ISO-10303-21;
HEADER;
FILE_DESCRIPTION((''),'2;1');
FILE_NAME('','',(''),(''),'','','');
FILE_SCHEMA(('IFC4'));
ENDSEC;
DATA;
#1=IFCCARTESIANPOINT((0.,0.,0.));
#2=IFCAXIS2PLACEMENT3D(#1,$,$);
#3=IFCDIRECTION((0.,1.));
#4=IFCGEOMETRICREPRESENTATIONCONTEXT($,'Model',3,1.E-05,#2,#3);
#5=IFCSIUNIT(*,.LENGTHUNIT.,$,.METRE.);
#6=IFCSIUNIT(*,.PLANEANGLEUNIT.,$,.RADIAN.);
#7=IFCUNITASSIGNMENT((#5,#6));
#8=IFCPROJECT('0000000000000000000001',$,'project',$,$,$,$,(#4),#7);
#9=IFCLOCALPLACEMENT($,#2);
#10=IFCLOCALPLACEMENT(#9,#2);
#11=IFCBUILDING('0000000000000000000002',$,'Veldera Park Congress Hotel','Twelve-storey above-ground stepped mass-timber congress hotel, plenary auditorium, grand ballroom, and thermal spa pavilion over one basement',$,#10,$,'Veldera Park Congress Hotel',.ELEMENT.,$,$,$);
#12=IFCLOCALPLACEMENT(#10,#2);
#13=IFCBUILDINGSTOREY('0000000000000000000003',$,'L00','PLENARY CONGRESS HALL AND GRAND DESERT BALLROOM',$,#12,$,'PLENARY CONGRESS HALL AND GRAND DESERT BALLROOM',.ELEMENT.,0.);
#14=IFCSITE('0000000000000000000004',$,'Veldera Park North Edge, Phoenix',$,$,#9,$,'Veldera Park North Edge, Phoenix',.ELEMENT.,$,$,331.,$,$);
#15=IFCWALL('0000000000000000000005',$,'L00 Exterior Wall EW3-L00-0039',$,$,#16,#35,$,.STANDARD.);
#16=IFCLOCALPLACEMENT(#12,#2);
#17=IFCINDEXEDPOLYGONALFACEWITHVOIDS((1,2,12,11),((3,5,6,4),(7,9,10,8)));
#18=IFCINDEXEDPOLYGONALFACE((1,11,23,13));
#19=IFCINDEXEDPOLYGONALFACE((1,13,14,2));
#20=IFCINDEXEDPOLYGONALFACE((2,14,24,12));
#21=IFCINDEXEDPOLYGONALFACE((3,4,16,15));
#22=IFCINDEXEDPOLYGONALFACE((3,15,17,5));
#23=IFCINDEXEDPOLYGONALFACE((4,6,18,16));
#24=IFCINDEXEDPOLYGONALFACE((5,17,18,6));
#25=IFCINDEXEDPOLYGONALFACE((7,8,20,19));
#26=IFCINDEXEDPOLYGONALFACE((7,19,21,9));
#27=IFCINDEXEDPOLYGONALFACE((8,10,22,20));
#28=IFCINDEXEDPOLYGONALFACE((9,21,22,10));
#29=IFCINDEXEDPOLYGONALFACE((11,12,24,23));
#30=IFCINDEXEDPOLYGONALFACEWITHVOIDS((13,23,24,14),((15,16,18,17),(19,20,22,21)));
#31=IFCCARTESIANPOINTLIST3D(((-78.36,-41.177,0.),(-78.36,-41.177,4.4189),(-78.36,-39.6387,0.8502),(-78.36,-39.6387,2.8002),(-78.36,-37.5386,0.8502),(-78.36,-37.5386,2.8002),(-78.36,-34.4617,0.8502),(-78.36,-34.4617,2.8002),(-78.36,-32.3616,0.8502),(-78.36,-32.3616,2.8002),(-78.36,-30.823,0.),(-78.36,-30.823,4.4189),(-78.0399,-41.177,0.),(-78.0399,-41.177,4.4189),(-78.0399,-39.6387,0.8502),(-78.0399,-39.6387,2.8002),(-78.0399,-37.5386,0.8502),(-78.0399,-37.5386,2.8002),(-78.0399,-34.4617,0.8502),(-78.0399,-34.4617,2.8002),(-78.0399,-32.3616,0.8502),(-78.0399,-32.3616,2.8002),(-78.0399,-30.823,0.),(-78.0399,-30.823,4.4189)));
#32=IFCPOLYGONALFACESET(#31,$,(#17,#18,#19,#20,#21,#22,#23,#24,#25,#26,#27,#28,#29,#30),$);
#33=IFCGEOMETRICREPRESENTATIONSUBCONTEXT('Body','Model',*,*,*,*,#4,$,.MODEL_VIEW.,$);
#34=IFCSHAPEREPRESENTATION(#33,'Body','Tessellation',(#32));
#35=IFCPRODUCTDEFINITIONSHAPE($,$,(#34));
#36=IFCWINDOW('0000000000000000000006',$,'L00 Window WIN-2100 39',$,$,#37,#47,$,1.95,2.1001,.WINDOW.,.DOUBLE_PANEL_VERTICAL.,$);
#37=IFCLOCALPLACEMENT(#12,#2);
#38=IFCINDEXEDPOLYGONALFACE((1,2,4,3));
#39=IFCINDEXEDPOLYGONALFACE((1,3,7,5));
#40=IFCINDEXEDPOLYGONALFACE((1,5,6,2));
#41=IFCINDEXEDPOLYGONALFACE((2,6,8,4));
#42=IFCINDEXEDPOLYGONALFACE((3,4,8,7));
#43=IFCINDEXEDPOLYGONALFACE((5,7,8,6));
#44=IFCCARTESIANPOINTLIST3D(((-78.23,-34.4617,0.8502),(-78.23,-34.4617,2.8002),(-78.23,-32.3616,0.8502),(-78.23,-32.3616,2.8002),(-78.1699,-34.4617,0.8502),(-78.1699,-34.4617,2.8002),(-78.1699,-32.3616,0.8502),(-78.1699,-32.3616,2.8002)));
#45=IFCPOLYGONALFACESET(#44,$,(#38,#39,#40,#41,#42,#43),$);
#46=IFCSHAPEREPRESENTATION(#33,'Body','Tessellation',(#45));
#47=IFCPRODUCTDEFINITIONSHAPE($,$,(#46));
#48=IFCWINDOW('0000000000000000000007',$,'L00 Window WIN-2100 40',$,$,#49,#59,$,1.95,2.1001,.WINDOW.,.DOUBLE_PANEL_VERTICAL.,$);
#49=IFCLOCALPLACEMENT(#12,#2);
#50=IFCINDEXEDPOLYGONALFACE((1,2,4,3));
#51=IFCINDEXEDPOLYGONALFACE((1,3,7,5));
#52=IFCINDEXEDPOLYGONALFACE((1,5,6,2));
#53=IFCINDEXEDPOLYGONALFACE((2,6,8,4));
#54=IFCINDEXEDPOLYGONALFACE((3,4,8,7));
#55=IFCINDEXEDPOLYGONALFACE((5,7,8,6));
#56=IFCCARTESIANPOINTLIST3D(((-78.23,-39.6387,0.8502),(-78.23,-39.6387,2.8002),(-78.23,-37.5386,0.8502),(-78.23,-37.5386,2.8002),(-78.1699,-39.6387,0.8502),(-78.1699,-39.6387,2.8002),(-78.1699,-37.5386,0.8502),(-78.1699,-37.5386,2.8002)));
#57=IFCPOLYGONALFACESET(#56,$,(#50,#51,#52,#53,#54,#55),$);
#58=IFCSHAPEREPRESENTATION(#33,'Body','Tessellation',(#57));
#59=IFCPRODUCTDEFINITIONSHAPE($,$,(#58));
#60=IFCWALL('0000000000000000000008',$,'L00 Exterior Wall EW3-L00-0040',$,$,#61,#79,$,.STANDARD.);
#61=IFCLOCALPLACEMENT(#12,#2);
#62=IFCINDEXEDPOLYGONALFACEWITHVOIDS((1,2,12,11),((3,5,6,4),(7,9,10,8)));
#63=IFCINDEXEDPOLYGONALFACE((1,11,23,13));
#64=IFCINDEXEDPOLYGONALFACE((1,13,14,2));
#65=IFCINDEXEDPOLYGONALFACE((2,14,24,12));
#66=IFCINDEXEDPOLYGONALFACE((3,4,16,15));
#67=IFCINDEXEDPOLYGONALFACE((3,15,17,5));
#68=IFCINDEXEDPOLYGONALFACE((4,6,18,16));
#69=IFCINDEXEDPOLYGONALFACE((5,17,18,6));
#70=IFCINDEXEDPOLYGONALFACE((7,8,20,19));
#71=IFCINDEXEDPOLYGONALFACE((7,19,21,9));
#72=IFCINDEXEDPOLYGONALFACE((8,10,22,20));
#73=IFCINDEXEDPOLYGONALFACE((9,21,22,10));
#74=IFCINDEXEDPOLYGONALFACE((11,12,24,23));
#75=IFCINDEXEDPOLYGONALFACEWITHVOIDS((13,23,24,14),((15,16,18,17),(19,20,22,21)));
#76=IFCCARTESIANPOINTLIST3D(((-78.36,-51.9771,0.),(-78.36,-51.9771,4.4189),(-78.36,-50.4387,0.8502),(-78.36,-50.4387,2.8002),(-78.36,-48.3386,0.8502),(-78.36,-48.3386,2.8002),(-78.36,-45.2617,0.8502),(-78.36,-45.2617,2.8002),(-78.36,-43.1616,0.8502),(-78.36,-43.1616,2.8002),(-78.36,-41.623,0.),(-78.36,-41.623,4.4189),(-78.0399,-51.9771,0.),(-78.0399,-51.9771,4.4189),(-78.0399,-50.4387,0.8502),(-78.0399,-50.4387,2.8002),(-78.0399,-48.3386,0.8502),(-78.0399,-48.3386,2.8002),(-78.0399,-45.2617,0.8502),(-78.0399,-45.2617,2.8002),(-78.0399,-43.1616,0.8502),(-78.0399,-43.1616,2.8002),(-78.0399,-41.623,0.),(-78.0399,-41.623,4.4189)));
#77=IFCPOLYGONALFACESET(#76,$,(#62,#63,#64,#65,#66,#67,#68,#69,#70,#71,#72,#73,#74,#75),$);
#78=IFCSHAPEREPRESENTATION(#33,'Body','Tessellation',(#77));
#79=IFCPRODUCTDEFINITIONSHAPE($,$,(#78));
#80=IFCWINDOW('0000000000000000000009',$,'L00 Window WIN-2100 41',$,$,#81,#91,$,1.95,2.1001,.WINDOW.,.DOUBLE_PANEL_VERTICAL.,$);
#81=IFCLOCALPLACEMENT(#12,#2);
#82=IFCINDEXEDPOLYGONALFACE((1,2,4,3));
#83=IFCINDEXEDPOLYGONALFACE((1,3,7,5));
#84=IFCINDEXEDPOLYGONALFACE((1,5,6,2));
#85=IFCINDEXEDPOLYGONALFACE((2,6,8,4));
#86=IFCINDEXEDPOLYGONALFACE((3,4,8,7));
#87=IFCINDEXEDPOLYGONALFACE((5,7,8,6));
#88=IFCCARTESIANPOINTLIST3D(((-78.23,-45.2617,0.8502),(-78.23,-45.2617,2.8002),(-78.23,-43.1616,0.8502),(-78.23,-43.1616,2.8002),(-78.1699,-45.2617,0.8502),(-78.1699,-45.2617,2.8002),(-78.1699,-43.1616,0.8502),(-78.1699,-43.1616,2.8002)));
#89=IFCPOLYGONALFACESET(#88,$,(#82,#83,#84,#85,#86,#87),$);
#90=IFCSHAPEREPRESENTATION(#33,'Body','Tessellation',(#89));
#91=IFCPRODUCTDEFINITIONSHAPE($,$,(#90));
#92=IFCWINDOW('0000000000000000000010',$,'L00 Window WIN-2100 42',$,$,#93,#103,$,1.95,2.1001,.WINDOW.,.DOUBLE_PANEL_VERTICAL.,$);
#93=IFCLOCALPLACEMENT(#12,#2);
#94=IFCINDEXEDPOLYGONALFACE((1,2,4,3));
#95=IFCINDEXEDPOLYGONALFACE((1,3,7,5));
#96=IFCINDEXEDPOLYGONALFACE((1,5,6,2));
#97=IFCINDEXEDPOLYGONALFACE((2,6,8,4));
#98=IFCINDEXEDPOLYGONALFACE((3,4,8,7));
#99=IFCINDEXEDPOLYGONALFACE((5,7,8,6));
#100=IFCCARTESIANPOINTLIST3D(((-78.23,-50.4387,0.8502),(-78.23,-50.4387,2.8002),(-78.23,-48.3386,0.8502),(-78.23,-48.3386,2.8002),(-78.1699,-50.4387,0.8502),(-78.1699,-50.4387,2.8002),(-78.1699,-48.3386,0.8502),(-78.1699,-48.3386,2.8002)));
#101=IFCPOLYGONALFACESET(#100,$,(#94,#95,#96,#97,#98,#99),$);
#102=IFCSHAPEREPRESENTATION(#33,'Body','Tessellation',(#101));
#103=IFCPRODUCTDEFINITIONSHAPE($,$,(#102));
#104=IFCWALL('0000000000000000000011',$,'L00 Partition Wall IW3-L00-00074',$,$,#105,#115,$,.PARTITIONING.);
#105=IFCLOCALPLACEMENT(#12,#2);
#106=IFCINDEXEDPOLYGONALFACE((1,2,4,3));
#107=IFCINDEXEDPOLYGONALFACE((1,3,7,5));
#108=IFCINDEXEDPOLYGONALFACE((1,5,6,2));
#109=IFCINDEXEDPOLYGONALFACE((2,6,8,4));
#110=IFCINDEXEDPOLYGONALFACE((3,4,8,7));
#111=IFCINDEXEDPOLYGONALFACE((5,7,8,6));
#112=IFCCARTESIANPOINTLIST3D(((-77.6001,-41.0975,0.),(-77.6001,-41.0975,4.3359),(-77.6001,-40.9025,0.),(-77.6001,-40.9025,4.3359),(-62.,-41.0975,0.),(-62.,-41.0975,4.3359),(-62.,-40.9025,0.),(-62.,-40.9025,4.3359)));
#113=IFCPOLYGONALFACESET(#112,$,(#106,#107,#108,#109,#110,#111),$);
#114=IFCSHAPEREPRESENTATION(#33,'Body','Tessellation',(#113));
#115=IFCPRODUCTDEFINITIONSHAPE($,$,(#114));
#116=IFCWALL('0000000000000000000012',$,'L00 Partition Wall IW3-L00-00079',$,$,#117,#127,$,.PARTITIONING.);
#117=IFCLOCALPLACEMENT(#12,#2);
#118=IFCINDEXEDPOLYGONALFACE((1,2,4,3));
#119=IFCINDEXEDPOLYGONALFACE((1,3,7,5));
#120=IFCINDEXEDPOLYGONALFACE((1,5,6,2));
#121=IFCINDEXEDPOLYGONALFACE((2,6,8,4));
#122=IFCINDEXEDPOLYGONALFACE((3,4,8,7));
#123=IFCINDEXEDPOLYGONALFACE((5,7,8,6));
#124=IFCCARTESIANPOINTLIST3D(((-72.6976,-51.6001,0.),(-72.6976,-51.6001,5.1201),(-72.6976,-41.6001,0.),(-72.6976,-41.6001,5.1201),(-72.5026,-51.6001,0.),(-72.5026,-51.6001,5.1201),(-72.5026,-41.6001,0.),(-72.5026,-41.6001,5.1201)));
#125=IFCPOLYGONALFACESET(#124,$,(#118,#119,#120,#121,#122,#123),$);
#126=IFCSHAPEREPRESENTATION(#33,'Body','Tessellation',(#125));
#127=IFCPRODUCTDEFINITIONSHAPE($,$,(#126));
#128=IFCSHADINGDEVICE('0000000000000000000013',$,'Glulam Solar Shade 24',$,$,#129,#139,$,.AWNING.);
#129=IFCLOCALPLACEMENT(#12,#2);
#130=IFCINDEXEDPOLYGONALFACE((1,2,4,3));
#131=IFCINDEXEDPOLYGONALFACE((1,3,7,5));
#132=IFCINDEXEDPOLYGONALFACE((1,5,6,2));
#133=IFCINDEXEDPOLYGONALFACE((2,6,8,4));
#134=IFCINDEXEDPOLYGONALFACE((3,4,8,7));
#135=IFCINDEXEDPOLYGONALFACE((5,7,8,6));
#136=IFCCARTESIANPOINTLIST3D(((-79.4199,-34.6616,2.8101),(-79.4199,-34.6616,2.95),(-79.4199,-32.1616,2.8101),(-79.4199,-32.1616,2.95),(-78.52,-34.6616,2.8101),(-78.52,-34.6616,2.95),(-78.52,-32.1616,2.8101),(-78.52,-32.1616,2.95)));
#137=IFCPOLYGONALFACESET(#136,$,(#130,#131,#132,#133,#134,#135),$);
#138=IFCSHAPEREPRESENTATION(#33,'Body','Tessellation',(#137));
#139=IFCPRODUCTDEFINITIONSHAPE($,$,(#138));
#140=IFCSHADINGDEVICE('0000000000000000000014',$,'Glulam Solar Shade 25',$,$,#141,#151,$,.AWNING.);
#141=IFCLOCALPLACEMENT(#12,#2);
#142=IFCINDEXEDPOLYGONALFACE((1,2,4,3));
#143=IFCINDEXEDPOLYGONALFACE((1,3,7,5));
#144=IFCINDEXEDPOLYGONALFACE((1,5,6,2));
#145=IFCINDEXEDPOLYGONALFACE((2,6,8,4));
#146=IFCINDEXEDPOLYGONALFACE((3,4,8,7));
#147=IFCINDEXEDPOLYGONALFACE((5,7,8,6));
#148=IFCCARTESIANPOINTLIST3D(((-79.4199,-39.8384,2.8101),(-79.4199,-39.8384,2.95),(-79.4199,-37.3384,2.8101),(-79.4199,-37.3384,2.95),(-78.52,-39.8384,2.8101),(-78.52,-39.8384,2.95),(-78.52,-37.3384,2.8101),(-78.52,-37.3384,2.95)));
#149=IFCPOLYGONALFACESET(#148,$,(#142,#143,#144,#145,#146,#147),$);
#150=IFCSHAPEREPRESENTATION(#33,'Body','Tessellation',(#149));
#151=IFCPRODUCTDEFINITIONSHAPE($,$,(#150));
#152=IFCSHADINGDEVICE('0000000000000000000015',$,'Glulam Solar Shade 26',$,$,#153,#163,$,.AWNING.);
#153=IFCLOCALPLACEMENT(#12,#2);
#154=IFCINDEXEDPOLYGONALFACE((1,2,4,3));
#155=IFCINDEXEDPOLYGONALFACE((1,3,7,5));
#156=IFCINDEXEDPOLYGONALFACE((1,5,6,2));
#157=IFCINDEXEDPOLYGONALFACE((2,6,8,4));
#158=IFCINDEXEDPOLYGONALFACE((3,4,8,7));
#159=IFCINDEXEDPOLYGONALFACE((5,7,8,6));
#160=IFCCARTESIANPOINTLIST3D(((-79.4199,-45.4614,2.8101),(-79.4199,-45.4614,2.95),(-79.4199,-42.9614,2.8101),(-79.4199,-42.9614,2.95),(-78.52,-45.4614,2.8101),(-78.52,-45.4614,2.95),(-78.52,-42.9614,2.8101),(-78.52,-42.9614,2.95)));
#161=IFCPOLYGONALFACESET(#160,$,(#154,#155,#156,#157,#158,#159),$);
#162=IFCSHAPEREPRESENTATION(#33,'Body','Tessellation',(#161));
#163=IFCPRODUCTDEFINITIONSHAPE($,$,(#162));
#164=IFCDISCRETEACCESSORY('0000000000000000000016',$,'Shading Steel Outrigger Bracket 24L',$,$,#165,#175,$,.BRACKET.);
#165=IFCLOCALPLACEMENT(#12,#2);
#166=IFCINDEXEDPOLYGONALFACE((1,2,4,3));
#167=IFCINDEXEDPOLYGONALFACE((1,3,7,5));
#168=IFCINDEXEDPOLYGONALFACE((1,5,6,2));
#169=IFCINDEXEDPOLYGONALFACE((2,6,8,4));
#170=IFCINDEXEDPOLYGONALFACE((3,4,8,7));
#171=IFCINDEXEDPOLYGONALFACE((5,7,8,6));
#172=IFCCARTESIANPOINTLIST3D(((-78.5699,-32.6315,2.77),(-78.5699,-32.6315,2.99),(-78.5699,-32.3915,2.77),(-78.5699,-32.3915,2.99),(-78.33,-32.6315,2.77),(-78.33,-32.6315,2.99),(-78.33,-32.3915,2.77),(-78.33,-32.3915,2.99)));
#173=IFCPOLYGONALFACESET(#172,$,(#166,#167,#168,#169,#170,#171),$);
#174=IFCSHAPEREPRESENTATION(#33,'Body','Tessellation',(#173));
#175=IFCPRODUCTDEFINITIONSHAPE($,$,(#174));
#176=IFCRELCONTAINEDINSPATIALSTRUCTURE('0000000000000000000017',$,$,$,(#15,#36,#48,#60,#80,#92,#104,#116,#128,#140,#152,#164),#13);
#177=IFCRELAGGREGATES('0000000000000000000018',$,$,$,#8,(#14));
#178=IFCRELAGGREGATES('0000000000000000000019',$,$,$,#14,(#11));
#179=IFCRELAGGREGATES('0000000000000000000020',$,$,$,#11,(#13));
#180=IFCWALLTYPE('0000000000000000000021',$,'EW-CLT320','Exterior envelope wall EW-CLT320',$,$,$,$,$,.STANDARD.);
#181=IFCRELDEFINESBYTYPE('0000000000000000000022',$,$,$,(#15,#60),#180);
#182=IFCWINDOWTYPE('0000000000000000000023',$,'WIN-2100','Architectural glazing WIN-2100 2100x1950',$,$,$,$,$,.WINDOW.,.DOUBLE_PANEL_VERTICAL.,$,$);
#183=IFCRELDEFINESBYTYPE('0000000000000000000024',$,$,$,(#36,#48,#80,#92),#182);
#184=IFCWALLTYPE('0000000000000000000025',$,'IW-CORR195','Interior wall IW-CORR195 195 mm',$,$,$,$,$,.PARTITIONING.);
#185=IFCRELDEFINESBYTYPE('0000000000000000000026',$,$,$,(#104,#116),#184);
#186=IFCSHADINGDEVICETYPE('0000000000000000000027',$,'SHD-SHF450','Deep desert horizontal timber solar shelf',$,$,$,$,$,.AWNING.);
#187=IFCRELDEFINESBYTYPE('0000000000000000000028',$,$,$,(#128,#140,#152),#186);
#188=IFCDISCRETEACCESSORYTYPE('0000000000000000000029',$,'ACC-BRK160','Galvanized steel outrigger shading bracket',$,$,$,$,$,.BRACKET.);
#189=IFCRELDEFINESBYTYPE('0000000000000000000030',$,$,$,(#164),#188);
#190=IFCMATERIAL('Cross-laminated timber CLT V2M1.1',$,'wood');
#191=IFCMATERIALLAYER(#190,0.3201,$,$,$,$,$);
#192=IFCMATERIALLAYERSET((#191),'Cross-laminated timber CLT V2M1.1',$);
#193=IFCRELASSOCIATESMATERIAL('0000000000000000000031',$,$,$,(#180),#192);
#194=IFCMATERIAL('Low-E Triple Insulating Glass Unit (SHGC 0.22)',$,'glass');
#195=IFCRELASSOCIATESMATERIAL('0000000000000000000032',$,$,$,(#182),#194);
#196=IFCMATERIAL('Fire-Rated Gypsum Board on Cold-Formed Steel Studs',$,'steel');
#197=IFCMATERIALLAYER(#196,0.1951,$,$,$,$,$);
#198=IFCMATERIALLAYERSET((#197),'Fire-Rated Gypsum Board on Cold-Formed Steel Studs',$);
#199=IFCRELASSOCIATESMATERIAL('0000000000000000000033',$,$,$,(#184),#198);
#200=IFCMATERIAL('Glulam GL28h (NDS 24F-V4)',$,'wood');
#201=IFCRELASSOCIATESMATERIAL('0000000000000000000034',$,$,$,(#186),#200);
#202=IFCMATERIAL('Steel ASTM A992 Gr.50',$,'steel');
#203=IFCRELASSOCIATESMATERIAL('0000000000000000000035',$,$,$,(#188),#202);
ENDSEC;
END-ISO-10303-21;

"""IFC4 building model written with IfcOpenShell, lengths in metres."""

from ifc_helpers import new_model, si_unit, direction, frame, frame_2d, origin, origin_2d, place, context, subcontext, project, spatial, rectangle, extrude, material, layer, layer_set, type_object, element, fill, save


model = new_model("IFC4")

# Units and contexts
model_context = context("Model", 3, precision=1e-05, world=origin(), true_north=direction((0.0, 1.0)))
body_context = subcontext(model_context, "Body", "Model", "MODEL_VIEW")
ifc_project = project(units=[si_unit("LENGTHUNIT", "METRE"), si_unit("PLANEANGLEUNIT", "RADIAN")], contexts=[model_context])

# Site, building, storey
site_placement = place(None, origin())
site = spatial("IfcSite", under=ifc_project, at=site_placement, Name="Veldera Park North Edge, Phoenix", LongName="Veldera Park North Edge, Phoenix", CompositionType="ELEMENT", RefElevation=331.0)
building_placement = place(site_placement, origin())
building = spatial("IfcBuilding", under=site, at=building_placement, Name="Veldera Park Congress Hotel", Description="Twelve-storey above-ground stepped mass-timber congress hotel, plenary auditorium, grand ballroom, and thermal spa pavilion over one basement", LongName="Veldera Park Congress Hotel", CompositionType="ELEMENT")
storey_placement = place(building_placement, origin())
storey = spatial("IfcBuildingStorey", under=building, at=storey_placement, Name="L00", Description="PLENARY CONGRESS HALL AND GRAND DESERT BALLROOM", LongName="PLENARY CONGRESS HALL AND GRAND DESERT BALLROOM", CompositionType="ELEMENT", Elevation=0.0)

# Shared definitions
ifc_material_1 = material(Name="Glulam GL28h (NDS 24F-V4)", Category="wood")
ifc_material_2 = material(Name="Steel ASTM A992 Gr.50", Category="steel")

# Walls, openings, windows
ifc_material_3 = material(Name="Cross-laminated timber CLT V2M1.1", Category="wood")
ifc_layer_1 = layer(ifc_material_3, 0.3201)
ifc_layer_set_1 = layer_set([ifc_layer_1], Name="Cross-laminated timber CLT V2M1.1")
wall_type_1 = type_object("IfcWallType", Name="EW-CLT320", Description="Exterior envelope wall EW-CLT320", PredefinedType="STANDARD", material=ifc_layer_set_1)
wall_1_placement = place(storey_placement, frame((-78.2, -30.823, 0.0), z_axis=(0.0, 0.0, 1.0), x_axis=(0.0, -1.0, 0.0)))
wall_1 = element("IfcWall", 1, at=wall_1_placement, inside=storey, type_object=wall_type_1, Name="L00 Exterior Wall EW3-L00-0039", PredefinedType="STANDARD", context=body_context, shape_type="SweptSolid", body=[
    extrude(rectangle(XDim=10.354, YDim=0.3201, at=frame_2d((5.177, 0.0))), origin(), (0.0, 0.0, 1.0), 4.4189),
])
opening_1_placement = place(wall_1_placement, frame((1.5386, 0.0, 0.8501)))
opening_1 = element("IfcOpeningElement", 2, at=opening_1_placement, cuts=wall_1, PredefinedType="OPENING", context=body_context, shape_type="SweptSolid", body=[
    extrude(rectangle(XDim=2.1001, YDim=1.95, at=frame_2d((1.05, 0.9751))), frame((0.0, 0.1721, 0.0), z_axis=(0.0, -1.0, 0.0), x_axis=(1.0, 0.0, 0.0)), (0.0, 0.0, 1.0), 0.344),
])
opening_2_placement = place(wall_1_placement, frame((6.7156, 0.0, 0.8501)))
opening_2 = element("IfcOpeningElement", 3, at=opening_2_placement, cuts=wall_1, PredefinedType="OPENING", context=body_context, shape_type="SweptSolid", body=[
    extrude(rectangle(XDim=2.1001, YDim=1.95, at=frame_2d((1.05, 0.9751))), frame((0.0, 0.1721, 0.0), z_axis=(0.0, -1.0, 0.0), x_axis=(1.0, 0.0, 0.0)), (0.0, 0.0, 1.0), 0.344),
])
ifc_material_4 = material(Name="Low-E Triple Insulating Glass Unit (SHGC 0.22)", Category="glass")
window_type = type_object("IfcWindowType", Name="WIN-2100", Description="Architectural glazing WIN-2100 2100x1950", PartitioningType="DOUBLE_PANEL_VERTICAL", PredefinedType="WINDOW", material=ifc_material_4)
window_1_placement = place(opening_1_placement, origin())
window_1 = element("IfcWindow", 4, at=window_1_placement, inside=storey, type_object=window_type, Name="L00 Window WIN-2100 39", OverallHeight=1.95, OverallWidth=2.1001, PartitioningType="DOUBLE_PANEL_VERTICAL", PredefinedType="WINDOW", context=body_context, shape_type="SweptSolid", body=[
    extrude(rectangle(XDim=2.1001, YDim=1.95, at=frame_2d((1.05, 0.9751))), frame((0.0, 0.03, 0.0), z_axis=(0.0, -1.0, 0.0), x_axis=(1.0, 0.0, 0.0)), (0.0, 0.0, 1.0), 0.0601),
])
fill(opening_1, window_1)
window_2_placement = place(opening_2_placement, origin())
window_2 = element("IfcWindow", 5, at=window_2_placement, inside=storey, type_object=window_type, Name="L00 Window WIN-2100 40", OverallHeight=1.95, OverallWidth=2.1001, PartitioningType="DOUBLE_PANEL_VERTICAL", PredefinedType="WINDOW", context=body_context, shape_type="SweptSolid", body=[
    extrude(rectangle(XDim=2.1001, YDim=1.95, at=frame_2d((1.05, 0.9751))), frame((0.0, 0.03, 0.0), z_axis=(0.0, -1.0, 0.0), x_axis=(1.0, 0.0, 0.0)), (0.0, 0.0, 1.0), 0.0601),
])
fill(opening_2, window_2)
wall_2_placement = place(storey_placement, frame((-78.2, -41.623, 0.0), z_axis=(0.0, 0.0, 1.0), x_axis=(0.0, -1.0, 0.0)))
wall_2 = element("IfcWall", 6, at=wall_2_placement, inside=storey, type_object=wall_type_1, Name="L00 Exterior Wall EW3-L00-0040", PredefinedType="STANDARD", context=body_context, shape_type="SweptSolid", body=[
    extrude(rectangle(XDim=10.354, YDim=0.3201, at=frame_2d((5.177, 0.0))), origin(), (0.0, 0.0, 1.0), 4.4189),
])
opening_3_placement = place(wall_2_placement, frame((1.5386, 0.0, 0.8501)))
opening_3 = element("IfcOpeningElement", 7, at=opening_3_placement, cuts=wall_2, PredefinedType="OPENING", context=body_context, shape_type="SweptSolid", body=[
    extrude(rectangle(XDim=2.1001, YDim=1.95, at=frame_2d((1.05, 0.9751))), frame((0.0, 0.1721, 0.0), z_axis=(0.0, -1.0, 0.0), x_axis=(1.0, 0.0, 0.0)), (0.0, 0.0, 1.0), 0.344),
])
opening_4_placement = place(wall_2_placement, frame((6.7156, 0.0, 0.8501)))
opening_4 = element("IfcOpeningElement", 8, at=opening_4_placement, cuts=wall_2, PredefinedType="OPENING", context=body_context, shape_type="SweptSolid", body=[
    extrude(rectangle(XDim=2.1001, YDim=1.95, at=frame_2d((1.05, 0.9751))), frame((0.0, 0.1721, 0.0), z_axis=(0.0, -1.0, 0.0), x_axis=(1.0, 0.0, 0.0)), (0.0, 0.0, 1.0), 0.344),
])
window_3_placement = place(opening_3_placement, origin())
window_3 = element("IfcWindow", 9, at=window_3_placement, inside=storey, type_object=window_type, Name="L00 Window WIN-2100 41", OverallHeight=1.95, OverallWidth=2.1001, PartitioningType="DOUBLE_PANEL_VERTICAL", PredefinedType="WINDOW", context=body_context, shape_type="SweptSolid", body=[
    extrude(rectangle(XDim=2.1001, YDim=1.95, at=frame_2d((1.05, 0.9751))), frame((0.0, 0.03, 0.0), z_axis=(0.0, -1.0, 0.0), x_axis=(1.0, 0.0, 0.0)), (0.0, 0.0, 1.0), 0.0601),
])
fill(opening_3, window_3)
window_4_placement = place(opening_4_placement, origin())
window_4 = element("IfcWindow", 10, at=window_4_placement, inside=storey, type_object=window_type, Name="L00 Window WIN-2100 42", OverallHeight=1.95, OverallWidth=2.1001, PartitioningType="DOUBLE_PANEL_VERTICAL", PredefinedType="WINDOW", context=body_context, shape_type="SweptSolid", body=[
    extrude(rectangle(XDim=2.1001, YDim=1.95, at=frame_2d((1.05, 0.9751))), frame((0.0, 0.03, 0.0), z_axis=(0.0, -1.0, 0.0), x_axis=(1.0, 0.0, 0.0)), (0.0, 0.0, 1.0), 0.0601),
])
fill(opening_4, window_4)

# Walls
ifc_material_5 = material(Name="Fire-Rated Gypsum Board on Cold-Formed Steel Studs", Category="steel")
ifc_layer_2 = layer(ifc_material_5, 0.1951)
ifc_layer_set_2 = layer_set([ifc_layer_2], Name="Fire-Rated Gypsum Board on Cold-Formed Steel Studs")
wall_type_2 = type_object("IfcWallType", Name="IW-CORR195", Description="Interior wall IW-CORR195 195 mm", PredefinedType="PARTITIONING", material=ifc_layer_set_2)
wall_3_placement = place(storey_placement, frame((-77.6001, -41.0, 0.0), z_axis=(0.0, 0.0, 1.0), x_axis=(1.0, 0.0, 0.0)))
element("IfcWall", 11, at=wall_3_placement, inside=storey, type_object=wall_type_2, Name="L00 Partition Wall IW3-L00-00074", PredefinedType="PARTITIONING", context=body_context, shape_type="SweptSolid", body=[
    extrude(rectangle(XDim=15.6001, YDim=0.1951, at=frame_2d((7.8, 0.0))), origin(), (0.0, 0.0, 1.0), 4.3359),
])
wall_4_placement = place(storey_placement, frame((-72.6001, -41.6001, 0.0), z_axis=(0.0, 0.0, 1.0), x_axis=(0.0, -1.0, 0.0)))
element("IfcWall", 12, at=wall_4_placement, inside=storey, type_object=wall_type_2, Name="L00 Partition Wall IW3-L00-00079", PredefinedType="PARTITIONING", context=body_context, shape_type="SweptSolid", body=[
    extrude(rectangle(XDim=10.0, YDim=0.1951, at=frame_2d((5.0, 0.0))), origin(), (0.0, 0.0, 1.0), 5.1201),
])

# Shading devices
shading_device_type = type_object("IfcShadingDeviceType", Name="SHD-SHF450", Description="Deep desert horizontal timber solar shelf", PredefinedType="AWNING", material=ifc_material_1)
for number, where, z_axis, x_axis, name in (
    (13, (-78.97, -33.4116, 2.8101), (0.0, 0.0, 1.0), (0.0, -1.0, 0.0), "Glulam Solar Shade 24"),
    (14, (-78.97, -38.5884, 2.8101), (0.0, 0.0, 1.0), (0.0, -1.0, 0.0), "Glulam Solar Shade 25"),
    (15, (-78.97, -44.2114, 2.8101), (0.0, 0.0, 1.0), (0.0, -1.0, 0.0), "Glulam Solar Shade 26"),
):
    element("IfcShadingDevice", number, at=place(storey_placement, frame(where, z_axis=z_axis, x_axis=x_axis)), inside=storey, type_object=shading_device_type, Name=name, PredefinedType="AWNING", context=body_context, shape_type="SweptSolid", body=[
        extrude(rectangle(XDim=2.5, YDim=0.8999, at=origin_2d()), origin(), (0.0, 0.0, 1.0), 0.1399),
    ])

# Discrete accessory
discrete_accessory_type = type_object("IfcDiscreteAccessoryType", Name="ACC-BRK160", Description="Galvanized steel outrigger shading bracket", PredefinedType="BRACKET", material=ifc_material_2)
for number, where, z_axis, x_axis, name in (
    (16, (-78.45, -32.5115, 2.77), (0.0, 0.0, 1.0), (0.0, -1.0, 0.0), "Shading Steel Outrigger Bracket 24L"),
):
    element("IfcDiscreteAccessory", number, at=place(storey_placement, frame(where, z_axis=z_axis, x_axis=x_axis)), inside=storey, type_object=discrete_accessory_type, Name=name, PredefinedType="BRACKET", context=body_context, shape_type="SweptSolid", body=[
        extrude(rectangle(XDim=0.24, YDim=0.24, at=origin_2d()), origin(), (0.0, 0.0, 1.0), 0.22),
    ])

save(model, "model.ifc")
